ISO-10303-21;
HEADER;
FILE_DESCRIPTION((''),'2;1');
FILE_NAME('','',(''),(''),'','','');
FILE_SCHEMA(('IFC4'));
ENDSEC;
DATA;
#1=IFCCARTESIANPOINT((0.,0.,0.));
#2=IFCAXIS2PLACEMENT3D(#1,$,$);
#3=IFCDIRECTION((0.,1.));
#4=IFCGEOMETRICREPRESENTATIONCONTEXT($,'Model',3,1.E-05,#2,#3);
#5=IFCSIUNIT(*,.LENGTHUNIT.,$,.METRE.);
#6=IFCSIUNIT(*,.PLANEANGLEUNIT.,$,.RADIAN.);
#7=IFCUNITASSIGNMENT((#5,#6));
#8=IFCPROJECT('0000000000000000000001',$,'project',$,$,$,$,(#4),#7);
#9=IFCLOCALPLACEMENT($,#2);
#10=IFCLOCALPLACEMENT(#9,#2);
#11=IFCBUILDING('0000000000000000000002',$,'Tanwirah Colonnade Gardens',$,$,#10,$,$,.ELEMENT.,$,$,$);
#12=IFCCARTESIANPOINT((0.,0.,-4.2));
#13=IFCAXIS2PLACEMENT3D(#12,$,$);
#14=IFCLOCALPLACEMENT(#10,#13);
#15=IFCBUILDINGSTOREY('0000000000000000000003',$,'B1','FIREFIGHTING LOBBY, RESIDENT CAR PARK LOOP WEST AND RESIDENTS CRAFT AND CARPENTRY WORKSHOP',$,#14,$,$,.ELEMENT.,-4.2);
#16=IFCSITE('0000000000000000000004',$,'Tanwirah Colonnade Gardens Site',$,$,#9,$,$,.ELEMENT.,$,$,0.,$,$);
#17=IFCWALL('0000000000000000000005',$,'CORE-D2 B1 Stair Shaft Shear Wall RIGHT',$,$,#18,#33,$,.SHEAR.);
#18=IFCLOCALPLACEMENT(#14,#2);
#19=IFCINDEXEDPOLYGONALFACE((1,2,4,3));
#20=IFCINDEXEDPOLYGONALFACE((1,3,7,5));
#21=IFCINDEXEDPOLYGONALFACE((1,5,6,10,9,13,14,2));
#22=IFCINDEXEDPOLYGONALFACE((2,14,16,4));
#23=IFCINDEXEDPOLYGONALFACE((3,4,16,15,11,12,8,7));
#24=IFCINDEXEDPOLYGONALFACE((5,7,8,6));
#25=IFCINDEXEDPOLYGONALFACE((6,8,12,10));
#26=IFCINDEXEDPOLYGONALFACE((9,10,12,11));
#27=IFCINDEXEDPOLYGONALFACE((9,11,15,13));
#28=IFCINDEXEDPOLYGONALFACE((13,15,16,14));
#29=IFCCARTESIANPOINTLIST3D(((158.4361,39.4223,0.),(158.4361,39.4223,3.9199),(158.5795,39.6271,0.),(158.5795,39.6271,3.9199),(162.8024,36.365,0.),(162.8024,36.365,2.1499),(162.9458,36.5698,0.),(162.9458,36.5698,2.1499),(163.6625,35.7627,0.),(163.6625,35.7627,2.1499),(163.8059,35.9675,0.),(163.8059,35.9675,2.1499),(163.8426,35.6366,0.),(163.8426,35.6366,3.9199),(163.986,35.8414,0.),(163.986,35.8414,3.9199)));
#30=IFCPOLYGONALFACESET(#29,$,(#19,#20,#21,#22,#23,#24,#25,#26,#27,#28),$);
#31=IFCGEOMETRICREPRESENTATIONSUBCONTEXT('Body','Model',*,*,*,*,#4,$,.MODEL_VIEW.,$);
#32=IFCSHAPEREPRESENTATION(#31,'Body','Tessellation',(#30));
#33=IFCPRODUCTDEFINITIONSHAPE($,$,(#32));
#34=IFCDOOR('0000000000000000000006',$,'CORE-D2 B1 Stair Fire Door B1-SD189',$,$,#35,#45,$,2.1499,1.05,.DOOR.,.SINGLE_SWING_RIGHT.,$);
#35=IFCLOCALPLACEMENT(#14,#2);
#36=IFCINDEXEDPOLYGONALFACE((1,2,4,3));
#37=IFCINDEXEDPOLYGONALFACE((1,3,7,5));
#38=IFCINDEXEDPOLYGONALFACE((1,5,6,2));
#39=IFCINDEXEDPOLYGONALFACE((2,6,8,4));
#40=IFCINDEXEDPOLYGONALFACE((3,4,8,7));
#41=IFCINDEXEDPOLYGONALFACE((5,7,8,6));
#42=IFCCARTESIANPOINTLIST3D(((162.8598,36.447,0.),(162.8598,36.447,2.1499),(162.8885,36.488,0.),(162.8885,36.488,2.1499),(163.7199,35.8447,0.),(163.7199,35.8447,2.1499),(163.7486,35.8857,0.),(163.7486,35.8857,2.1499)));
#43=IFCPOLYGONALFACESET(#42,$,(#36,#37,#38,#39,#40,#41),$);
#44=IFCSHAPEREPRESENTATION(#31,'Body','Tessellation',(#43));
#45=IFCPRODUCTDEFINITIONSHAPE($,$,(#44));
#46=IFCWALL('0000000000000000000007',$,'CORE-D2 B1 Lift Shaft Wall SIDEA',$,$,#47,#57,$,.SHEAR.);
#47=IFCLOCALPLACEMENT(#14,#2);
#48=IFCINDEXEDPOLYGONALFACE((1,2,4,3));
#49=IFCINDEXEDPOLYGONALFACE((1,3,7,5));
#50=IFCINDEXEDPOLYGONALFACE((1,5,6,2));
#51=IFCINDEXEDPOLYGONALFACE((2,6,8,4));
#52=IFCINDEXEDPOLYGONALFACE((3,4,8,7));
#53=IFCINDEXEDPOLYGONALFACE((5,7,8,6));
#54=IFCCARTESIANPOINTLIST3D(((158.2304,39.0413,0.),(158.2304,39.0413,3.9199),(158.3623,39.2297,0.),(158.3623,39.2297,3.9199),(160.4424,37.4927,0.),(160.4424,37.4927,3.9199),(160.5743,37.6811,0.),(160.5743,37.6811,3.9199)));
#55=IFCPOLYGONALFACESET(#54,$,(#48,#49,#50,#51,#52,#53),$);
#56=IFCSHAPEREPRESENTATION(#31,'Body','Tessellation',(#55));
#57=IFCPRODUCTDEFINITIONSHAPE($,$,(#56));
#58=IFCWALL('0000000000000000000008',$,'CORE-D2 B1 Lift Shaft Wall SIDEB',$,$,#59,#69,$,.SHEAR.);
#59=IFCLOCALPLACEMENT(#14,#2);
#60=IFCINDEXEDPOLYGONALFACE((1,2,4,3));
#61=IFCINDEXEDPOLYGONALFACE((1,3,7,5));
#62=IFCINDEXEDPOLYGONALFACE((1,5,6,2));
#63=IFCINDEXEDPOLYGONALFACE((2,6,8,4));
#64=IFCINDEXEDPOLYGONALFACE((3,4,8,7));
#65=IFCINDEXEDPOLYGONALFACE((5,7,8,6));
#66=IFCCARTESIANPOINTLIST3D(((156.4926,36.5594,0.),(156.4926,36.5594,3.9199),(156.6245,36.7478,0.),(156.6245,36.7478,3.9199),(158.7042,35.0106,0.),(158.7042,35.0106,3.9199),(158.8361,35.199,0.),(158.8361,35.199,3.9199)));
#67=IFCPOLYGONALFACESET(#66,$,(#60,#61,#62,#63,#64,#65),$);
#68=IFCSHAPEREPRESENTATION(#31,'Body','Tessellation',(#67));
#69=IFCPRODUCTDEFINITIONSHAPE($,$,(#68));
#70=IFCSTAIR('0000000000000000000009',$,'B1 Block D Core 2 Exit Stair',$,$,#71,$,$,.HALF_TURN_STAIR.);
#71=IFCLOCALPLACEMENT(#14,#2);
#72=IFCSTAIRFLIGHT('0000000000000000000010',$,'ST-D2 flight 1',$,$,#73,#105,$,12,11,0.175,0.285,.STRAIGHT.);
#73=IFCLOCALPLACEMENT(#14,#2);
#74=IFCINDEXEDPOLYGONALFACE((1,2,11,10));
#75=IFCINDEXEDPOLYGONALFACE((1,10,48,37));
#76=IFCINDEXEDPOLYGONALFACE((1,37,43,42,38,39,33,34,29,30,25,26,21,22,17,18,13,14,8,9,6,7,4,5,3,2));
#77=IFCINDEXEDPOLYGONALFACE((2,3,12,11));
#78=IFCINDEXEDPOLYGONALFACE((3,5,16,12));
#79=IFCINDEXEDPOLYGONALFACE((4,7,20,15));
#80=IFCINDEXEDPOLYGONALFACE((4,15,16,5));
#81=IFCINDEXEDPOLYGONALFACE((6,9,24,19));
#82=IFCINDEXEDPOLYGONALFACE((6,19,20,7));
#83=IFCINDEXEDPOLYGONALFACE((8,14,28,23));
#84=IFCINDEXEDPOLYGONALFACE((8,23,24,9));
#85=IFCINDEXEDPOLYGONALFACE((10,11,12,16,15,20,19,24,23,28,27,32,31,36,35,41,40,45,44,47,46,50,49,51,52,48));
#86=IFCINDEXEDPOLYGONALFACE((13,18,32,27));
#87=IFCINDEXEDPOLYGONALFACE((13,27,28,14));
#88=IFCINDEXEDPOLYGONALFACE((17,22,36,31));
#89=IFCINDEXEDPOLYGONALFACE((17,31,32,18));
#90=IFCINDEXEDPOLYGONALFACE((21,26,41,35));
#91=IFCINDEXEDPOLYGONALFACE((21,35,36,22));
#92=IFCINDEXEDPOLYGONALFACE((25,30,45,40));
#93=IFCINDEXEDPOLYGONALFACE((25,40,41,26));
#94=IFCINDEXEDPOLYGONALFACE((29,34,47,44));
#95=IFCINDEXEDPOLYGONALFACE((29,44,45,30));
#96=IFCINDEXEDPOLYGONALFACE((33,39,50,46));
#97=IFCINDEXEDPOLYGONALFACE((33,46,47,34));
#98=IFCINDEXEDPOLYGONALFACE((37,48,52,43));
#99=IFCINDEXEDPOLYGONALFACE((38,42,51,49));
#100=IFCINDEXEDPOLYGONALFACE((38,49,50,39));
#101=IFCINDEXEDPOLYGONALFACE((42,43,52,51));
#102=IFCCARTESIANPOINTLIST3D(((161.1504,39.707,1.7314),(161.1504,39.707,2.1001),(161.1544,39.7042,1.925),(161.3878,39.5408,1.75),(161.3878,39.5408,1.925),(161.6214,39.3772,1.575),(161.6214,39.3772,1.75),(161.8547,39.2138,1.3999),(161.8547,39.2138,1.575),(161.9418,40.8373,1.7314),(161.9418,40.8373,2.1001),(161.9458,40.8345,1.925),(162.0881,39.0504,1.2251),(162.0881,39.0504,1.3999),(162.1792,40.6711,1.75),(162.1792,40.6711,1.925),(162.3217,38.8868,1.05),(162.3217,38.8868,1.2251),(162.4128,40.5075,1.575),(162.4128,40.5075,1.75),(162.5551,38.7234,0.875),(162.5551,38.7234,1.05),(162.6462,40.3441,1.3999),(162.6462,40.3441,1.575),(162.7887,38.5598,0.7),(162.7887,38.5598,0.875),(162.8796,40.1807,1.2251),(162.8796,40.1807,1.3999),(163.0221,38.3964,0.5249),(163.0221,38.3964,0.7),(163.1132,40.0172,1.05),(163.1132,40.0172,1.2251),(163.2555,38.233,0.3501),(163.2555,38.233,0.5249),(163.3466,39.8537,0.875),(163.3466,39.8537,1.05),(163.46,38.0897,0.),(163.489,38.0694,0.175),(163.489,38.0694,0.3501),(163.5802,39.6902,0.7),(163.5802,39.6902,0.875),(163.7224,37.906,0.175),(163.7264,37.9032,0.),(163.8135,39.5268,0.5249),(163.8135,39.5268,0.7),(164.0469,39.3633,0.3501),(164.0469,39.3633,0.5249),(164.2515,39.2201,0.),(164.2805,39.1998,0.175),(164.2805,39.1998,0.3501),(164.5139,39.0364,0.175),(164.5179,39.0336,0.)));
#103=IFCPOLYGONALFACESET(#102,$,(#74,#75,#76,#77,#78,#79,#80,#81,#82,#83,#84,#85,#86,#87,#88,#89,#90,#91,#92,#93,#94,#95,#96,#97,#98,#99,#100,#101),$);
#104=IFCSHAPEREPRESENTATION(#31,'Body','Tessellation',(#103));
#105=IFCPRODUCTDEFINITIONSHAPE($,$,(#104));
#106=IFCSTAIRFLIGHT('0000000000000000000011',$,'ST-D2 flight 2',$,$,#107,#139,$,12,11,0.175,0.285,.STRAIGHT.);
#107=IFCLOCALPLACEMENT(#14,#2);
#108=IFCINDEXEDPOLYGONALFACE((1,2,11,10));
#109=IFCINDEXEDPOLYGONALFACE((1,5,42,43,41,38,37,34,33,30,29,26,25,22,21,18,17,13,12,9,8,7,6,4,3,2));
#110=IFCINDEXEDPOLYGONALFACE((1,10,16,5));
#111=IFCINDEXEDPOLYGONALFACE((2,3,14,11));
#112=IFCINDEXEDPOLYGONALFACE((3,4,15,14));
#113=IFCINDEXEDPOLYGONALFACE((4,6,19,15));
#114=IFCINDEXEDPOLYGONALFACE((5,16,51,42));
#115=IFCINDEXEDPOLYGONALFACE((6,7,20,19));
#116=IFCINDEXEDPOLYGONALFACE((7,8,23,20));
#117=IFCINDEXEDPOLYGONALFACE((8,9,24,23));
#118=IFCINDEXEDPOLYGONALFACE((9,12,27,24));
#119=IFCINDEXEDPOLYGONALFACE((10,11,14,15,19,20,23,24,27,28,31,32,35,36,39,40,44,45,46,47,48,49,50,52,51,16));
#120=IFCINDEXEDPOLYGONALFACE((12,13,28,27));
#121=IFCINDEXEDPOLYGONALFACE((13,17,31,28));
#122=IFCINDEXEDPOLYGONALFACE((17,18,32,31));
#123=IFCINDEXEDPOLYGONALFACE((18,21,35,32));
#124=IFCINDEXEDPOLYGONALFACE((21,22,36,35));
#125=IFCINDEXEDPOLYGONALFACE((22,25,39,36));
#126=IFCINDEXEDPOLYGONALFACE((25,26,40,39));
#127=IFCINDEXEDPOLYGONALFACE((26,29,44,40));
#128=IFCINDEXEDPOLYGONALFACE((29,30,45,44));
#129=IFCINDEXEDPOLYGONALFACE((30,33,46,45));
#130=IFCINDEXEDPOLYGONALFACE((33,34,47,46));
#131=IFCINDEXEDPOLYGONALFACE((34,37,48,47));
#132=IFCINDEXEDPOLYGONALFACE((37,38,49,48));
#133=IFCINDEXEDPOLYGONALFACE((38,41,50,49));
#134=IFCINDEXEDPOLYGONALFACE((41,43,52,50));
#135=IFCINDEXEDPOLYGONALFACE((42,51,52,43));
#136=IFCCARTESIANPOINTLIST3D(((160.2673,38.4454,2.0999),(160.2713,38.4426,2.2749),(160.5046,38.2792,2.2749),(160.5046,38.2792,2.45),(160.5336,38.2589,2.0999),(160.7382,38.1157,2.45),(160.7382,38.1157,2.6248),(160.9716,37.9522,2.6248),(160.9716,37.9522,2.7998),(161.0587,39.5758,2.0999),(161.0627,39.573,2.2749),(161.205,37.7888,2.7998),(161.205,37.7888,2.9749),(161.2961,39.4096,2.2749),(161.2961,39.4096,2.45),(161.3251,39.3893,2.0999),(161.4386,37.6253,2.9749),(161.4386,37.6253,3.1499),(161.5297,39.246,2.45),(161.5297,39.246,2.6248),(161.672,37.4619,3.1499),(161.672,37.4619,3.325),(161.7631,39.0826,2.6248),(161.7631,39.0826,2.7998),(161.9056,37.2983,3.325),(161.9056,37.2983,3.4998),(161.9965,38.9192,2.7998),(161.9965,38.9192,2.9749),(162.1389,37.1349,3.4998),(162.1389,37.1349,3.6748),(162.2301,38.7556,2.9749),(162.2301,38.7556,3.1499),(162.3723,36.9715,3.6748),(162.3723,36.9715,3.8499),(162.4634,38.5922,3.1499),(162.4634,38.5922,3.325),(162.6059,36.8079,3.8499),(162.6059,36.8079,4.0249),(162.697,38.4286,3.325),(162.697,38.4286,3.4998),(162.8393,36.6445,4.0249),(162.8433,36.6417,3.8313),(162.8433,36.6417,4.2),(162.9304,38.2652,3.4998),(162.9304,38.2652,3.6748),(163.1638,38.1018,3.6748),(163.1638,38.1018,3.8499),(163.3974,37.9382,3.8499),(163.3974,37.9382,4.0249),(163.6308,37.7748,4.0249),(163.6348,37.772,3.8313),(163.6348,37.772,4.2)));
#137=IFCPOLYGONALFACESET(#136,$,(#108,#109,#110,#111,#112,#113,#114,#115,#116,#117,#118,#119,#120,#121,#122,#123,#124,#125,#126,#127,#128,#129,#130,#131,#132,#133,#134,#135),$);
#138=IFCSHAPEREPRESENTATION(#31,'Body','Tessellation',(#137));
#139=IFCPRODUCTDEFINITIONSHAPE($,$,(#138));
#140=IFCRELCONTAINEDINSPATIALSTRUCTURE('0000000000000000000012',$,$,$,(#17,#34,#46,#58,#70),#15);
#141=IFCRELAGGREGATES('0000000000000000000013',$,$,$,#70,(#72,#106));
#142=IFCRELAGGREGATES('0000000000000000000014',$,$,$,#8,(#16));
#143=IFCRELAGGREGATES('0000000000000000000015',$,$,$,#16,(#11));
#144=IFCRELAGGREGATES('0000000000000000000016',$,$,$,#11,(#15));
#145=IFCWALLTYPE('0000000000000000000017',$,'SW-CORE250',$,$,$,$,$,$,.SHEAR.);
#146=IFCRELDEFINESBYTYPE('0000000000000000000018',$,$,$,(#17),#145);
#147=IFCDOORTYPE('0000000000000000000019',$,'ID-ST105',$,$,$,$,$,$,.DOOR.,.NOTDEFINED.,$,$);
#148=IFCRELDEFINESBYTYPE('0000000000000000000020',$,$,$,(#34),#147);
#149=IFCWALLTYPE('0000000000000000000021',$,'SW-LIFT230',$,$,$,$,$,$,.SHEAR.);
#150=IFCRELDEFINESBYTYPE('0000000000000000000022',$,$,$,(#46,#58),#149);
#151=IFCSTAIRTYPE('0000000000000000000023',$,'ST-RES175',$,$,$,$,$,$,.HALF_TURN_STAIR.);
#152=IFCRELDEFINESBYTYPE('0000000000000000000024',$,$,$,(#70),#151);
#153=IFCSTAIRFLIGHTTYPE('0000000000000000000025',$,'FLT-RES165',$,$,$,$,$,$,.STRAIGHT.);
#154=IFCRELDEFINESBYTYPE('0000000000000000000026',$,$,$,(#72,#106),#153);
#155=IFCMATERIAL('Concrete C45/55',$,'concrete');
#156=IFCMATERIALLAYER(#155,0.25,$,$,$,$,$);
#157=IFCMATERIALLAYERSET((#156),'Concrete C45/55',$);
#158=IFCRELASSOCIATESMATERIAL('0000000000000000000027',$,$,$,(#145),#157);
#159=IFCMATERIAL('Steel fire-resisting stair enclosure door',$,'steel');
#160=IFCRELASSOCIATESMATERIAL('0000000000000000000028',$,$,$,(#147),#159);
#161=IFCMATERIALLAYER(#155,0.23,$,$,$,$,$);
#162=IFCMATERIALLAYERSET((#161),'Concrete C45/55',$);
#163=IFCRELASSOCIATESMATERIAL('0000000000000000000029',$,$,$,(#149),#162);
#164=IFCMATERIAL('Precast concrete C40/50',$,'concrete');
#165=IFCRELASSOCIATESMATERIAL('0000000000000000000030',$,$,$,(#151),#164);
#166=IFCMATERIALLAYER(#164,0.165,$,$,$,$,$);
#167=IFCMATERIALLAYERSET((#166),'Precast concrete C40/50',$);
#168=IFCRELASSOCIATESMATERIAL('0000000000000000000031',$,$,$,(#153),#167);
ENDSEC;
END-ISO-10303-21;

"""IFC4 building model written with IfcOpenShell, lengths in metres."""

from ifc_helpers import new_model, si_unit, direction, frame, frame_2d, origin, place, context, subcontext, project, spatial, polyline, rectangle, outline, extrude, material, layer, layer_set, type_object, element, fill, aggregate, save


model = new_model("IFC4")

# Units and contexts
model_context = context("Model", 3, precision=1e-05, world=origin(), true_north=direction((0.0, 1.0)))
body_context = subcontext(model_context, "Body", "Model", "MODEL_VIEW")
ifc_project = project(units=[si_unit("LENGTHUNIT", "METRE"), si_unit("PLANEANGLEUNIT", "RADIAN")], contexts=[model_context])

# Site, building, storey
site_placement = place(None, origin())
site = spatial("IfcSite", under=ifc_project, at=site_placement, Name="Tanwirah Colonnade Gardens Site", CompositionType="ELEMENT", RefElevation=0.0)
building_placement = place(site_placement, origin())
building = spatial("IfcBuilding", under=site, at=building_placement, Name="Tanwirah Colonnade Gardens", CompositionType="ELEMENT")
storey_placement = place(building_placement, frame((0.0, 0.0, -4.2)))
storey = spatial("IfcBuildingStorey", under=building, at=storey_placement, Name="B1", Description="FIREFIGHTING LOBBY, RESIDENT CAR PARK LOOP WEST AND RESIDENTS CRAFT AND CARPENTRY WORKSHOP", CompositionType="ELEMENT", Elevation=-4.2)

# Shared definitions
ifc_material_1 = material(Name="Concrete C45/55", Category="concrete")

# Shared definitions
ifc_material_2 = material(Name="Precast concrete C40/50", Category="concrete")

# Shared definitions
ifc_layer_1 = layer(ifc_material_1, 0.25)
ifc_layer_set_1 = layer_set([ifc_layer_1], Name="Concrete C45/55")
wall_type_1 = type_object("IfcWallType", Name="SW-CORE250", PredefinedType="SHEAR", material=ifc_layer_set_1)

# Wall, opening, door
wall_1_placement = place(storey_placement, frame((163.9143, 35.739, 0.0), z_axis=(0.0, 0.0, 1.0), x_axis=(-0.819154, 0.573574, 0.0)))
wall_1 = element("IfcWall", 1, at=wall_1_placement, inside=storey, type_object=wall_type_1, Name="CORE-D2 B1 Stair Shaft Shear Wall RIGHT", PredefinedType="SHEAR", context=body_context, shape_type="SweptSolid", body=[
    extrude(rectangle(XDim=6.6001, YDim=0.25, at=frame_2d((3.3, 0.0))), origin(), (0.0, 0.0, 1.0), 3.9199),
])
opening_1_placement = place(wall_1_placement, frame((0.22, 0.0, 0.0)))
opening_1 = element("IfcOpeningElement", 2, at=opening_1_placement, cuts=wall_1, PredefinedType="OPENING", context=body_context, shape_type="SweptSolid", body=[
    extrude(rectangle(XDim=1.05, YDim=2.1499, at=frame_2d((0.5249, 1.075))), frame((0.0, 0.135, 0.0), z_axis=(0.0, -1.0, 0.0), x_axis=(1.0, 0.0, 0.0)), (0.0, 0.0, 1.0), 0.27),
])
ifc_material_3 = material(Name="Steel fire-resisting stair enclosure door", Category="steel")
door_type_1 = type_object("IfcDoorType", Name="ID-ST105", OperationType="NOTDEFINED", PredefinedType="DOOR", material=ifc_material_3)
door_1_placement = place(opening_1_placement, origin())
door_1 = element("IfcDoor", 3, at=door_1_placement, inside=storey, type_object=door_type_1, Name="CORE-D2 B1 Stair Fire Door B1-SD189", OperationType="SINGLE_SWING_RIGHT", OverallHeight=2.1499, OverallWidth=1.05, PredefinedType="DOOR", context=body_context, shape_type="SweptSolid", body=[
    extrude(rectangle(XDim=1.05, YDim=2.1499, at=frame_2d((0.5249, 1.075))), frame((0.0, 0.0249, 0.0), z_axis=(0.0, -1.0, 0.0), x_axis=(1.0, 0.0, 0.0)), (0.0, 0.0, 1.0), 0.05),
])
fill(opening_1, door_1)
ifc_layer_2 = layer(ifc_material_1, 0.23)
ifc_layer_set_2 = layer_set([ifc_layer_2], Name="Concrete C45/55")
wall_type_2 = type_object("IfcWallType", Name="SW-LIFT230", PredefinedType="SHEAR", material=ifc_layer_set_2)

# Walls
wall_2_placement = place(storey_placement, frame((160.5083, 37.5869, 0.0), z_axis=(0.0, 0.0, 1.0), x_axis=(-0.819189, 0.573523, 0.0)))
element("IfcWall", 4, at=wall_2_placement, inside=storey, type_object=wall_type_2, Name="CORE-D2 B1 Lift Shaft Wall SIDEA", PredefinedType="SHEAR", context=body_context, shape_type="SweptSolid", body=[
    extrude(rectangle(XDim=2.7002, YDim=0.23, at=frame_2d((1.3501, 0.0))), origin(), (0.0, 0.0, 1.0), 3.9199),
])
wall_3_placement = place(storey_placement, frame((158.7703, 35.1047, 0.0), z_axis=(0.0, 0.0, 1.0), x_axis=(-0.819117, 0.573626, 0.0)))
element("IfcWall", 5, at=wall_3_placement, inside=storey, type_object=wall_type_2, Name="CORE-D2 B1 Lift Shaft Wall SIDEB", PredefinedType="SHEAR", context=body_context, shape_type="SweptSolid", body=[
    extrude(rectangle(XDim=2.7, YDim=0.23, at=frame_2d((1.3501, 0.0))), origin(), (0.0, 0.0, 1.0), 3.9199),
])

# Stair, stair flights
stair_type = type_object("IfcStairType", Name="ST-RES175", PredefinedType="HALF_TURN_STAIR", material=ifc_material_2)
stair_placement = place(storey_placement, origin())
stair = element("IfcStair", 6, at=stair_placement, inside=storey, type_object=stair_type, Name="B1 Block D Core 2 Exit Stair", PredefinedType="HALF_TURN_STAIR")
ifc_layer_3 = layer(ifc_material_2, 0.165)
ifc_layer_set_3 = layer_set([ifc_layer_3], Name="Precast concrete C40/50")
stair_flight_type = type_object("IfcStairFlightType", Name="FLT-RES165", PredefinedType="STRAIGHT", material=ifc_layer_set_3)
stair_flight_1_placement = place(storey_placement, frame((164.1182, 38.4712, 0.0), z_axis=(0.0, 0.0, 1.0), x_axis=(-0.819152, 0.573576, 0.0)))
stair_flight_1 = element("IfcStairFlight", 7, at=stair_flight_1_placement, type_object=stair_flight_type, Name="ST-D2 flight 1", NumberOfRisers=12, NumberOfTreads=11, PredefinedType="STRAIGHT", RiserHeight=0.175, TreadLength=0.285, context=body_context, shape_type="SweptSolid", body=[
    extrude(outline(polyline([(-0.0049, 0.0), (0.0, 0.175), (0.2849, 0.175), (0.2849, 0.3501), (0.5701, 0.3501), (0.5701, 0.5249), (0.855, 0.5249), (0.855, 0.7), (1.1399, 0.7), (1.1399, 0.875), (1.425, 0.875), (1.425, 1.05), (1.71, 1.05), (1.71, 1.2251), (1.9951, 1.2251), (1.9951, 1.3999), (2.28, 1.3999), (2.28, 1.575), (2.5649, 1.575), (2.5649, 1.75), (2.8501, 1.75), (2.8501, 1.925), (3.135, 1.925), (3.1399, 2.1001), (3.1399, 1.7314), (0.3203, 0.0), (-0.0049, 0.0)])), frame((0.0, 0.6899, 0.0), z_axis=(0.0, -1.0, 0.0), x_axis=(1.0, 0.0, 0.0)), (0.0, 0.0, 1.0), 1.3799),
])
stair_flight_2_placement = place(storey_placement, frame((160.667, 39.0078, 2.0999), z_axis=(0.0, 0.0, 1.0), x_axis=(0.819152, -0.573576, 0.0)))
stair_flight_2 = element("IfcStairFlight", 8, at=stair_flight_2_placement, type_object=stair_flight_type, Name="ST-D2 flight 2", NumberOfRisers=12, NumberOfTreads=11, PredefinedType="STRAIGHT", RiserHeight=0.175, TreadLength=0.285, context=body_context, shape_type="SweptSolid", body=[
    extrude(outline(polyline([(-0.0049, 0.0), (0.0, 0.175), (0.2849, 0.175), (0.2849, 0.3501), (0.5701, 0.3501), (0.5701, 0.5249), (0.855, 0.5249), (0.855, 0.7), (1.1399, 0.7), (1.1399, 0.875), (1.425, 0.875), (1.425, 1.05), (1.71, 1.05), (1.71, 1.2251), (1.9951, 1.2251), (1.9951, 1.3999), (2.28, 1.3999), (2.28, 1.575), (2.5649, 1.575), (2.5649, 1.75), (2.8501, 1.75), (2.8501, 1.925), (3.135, 1.925), (3.1399, 2.1001), (3.1399, 1.7314), (0.3203, 0.0), (-0.0049, 0.0)])), frame((0.0, 0.6899, 0.0), z_axis=(0.0, -1.0, 0.0), x_axis=(1.0, 0.0, 0.0)), (0.0, 0.0, 1.0), 1.3799),
])
aggregate(stair, [stair_flight_1, stair_flight_2])

save(model, "model.ifc")
